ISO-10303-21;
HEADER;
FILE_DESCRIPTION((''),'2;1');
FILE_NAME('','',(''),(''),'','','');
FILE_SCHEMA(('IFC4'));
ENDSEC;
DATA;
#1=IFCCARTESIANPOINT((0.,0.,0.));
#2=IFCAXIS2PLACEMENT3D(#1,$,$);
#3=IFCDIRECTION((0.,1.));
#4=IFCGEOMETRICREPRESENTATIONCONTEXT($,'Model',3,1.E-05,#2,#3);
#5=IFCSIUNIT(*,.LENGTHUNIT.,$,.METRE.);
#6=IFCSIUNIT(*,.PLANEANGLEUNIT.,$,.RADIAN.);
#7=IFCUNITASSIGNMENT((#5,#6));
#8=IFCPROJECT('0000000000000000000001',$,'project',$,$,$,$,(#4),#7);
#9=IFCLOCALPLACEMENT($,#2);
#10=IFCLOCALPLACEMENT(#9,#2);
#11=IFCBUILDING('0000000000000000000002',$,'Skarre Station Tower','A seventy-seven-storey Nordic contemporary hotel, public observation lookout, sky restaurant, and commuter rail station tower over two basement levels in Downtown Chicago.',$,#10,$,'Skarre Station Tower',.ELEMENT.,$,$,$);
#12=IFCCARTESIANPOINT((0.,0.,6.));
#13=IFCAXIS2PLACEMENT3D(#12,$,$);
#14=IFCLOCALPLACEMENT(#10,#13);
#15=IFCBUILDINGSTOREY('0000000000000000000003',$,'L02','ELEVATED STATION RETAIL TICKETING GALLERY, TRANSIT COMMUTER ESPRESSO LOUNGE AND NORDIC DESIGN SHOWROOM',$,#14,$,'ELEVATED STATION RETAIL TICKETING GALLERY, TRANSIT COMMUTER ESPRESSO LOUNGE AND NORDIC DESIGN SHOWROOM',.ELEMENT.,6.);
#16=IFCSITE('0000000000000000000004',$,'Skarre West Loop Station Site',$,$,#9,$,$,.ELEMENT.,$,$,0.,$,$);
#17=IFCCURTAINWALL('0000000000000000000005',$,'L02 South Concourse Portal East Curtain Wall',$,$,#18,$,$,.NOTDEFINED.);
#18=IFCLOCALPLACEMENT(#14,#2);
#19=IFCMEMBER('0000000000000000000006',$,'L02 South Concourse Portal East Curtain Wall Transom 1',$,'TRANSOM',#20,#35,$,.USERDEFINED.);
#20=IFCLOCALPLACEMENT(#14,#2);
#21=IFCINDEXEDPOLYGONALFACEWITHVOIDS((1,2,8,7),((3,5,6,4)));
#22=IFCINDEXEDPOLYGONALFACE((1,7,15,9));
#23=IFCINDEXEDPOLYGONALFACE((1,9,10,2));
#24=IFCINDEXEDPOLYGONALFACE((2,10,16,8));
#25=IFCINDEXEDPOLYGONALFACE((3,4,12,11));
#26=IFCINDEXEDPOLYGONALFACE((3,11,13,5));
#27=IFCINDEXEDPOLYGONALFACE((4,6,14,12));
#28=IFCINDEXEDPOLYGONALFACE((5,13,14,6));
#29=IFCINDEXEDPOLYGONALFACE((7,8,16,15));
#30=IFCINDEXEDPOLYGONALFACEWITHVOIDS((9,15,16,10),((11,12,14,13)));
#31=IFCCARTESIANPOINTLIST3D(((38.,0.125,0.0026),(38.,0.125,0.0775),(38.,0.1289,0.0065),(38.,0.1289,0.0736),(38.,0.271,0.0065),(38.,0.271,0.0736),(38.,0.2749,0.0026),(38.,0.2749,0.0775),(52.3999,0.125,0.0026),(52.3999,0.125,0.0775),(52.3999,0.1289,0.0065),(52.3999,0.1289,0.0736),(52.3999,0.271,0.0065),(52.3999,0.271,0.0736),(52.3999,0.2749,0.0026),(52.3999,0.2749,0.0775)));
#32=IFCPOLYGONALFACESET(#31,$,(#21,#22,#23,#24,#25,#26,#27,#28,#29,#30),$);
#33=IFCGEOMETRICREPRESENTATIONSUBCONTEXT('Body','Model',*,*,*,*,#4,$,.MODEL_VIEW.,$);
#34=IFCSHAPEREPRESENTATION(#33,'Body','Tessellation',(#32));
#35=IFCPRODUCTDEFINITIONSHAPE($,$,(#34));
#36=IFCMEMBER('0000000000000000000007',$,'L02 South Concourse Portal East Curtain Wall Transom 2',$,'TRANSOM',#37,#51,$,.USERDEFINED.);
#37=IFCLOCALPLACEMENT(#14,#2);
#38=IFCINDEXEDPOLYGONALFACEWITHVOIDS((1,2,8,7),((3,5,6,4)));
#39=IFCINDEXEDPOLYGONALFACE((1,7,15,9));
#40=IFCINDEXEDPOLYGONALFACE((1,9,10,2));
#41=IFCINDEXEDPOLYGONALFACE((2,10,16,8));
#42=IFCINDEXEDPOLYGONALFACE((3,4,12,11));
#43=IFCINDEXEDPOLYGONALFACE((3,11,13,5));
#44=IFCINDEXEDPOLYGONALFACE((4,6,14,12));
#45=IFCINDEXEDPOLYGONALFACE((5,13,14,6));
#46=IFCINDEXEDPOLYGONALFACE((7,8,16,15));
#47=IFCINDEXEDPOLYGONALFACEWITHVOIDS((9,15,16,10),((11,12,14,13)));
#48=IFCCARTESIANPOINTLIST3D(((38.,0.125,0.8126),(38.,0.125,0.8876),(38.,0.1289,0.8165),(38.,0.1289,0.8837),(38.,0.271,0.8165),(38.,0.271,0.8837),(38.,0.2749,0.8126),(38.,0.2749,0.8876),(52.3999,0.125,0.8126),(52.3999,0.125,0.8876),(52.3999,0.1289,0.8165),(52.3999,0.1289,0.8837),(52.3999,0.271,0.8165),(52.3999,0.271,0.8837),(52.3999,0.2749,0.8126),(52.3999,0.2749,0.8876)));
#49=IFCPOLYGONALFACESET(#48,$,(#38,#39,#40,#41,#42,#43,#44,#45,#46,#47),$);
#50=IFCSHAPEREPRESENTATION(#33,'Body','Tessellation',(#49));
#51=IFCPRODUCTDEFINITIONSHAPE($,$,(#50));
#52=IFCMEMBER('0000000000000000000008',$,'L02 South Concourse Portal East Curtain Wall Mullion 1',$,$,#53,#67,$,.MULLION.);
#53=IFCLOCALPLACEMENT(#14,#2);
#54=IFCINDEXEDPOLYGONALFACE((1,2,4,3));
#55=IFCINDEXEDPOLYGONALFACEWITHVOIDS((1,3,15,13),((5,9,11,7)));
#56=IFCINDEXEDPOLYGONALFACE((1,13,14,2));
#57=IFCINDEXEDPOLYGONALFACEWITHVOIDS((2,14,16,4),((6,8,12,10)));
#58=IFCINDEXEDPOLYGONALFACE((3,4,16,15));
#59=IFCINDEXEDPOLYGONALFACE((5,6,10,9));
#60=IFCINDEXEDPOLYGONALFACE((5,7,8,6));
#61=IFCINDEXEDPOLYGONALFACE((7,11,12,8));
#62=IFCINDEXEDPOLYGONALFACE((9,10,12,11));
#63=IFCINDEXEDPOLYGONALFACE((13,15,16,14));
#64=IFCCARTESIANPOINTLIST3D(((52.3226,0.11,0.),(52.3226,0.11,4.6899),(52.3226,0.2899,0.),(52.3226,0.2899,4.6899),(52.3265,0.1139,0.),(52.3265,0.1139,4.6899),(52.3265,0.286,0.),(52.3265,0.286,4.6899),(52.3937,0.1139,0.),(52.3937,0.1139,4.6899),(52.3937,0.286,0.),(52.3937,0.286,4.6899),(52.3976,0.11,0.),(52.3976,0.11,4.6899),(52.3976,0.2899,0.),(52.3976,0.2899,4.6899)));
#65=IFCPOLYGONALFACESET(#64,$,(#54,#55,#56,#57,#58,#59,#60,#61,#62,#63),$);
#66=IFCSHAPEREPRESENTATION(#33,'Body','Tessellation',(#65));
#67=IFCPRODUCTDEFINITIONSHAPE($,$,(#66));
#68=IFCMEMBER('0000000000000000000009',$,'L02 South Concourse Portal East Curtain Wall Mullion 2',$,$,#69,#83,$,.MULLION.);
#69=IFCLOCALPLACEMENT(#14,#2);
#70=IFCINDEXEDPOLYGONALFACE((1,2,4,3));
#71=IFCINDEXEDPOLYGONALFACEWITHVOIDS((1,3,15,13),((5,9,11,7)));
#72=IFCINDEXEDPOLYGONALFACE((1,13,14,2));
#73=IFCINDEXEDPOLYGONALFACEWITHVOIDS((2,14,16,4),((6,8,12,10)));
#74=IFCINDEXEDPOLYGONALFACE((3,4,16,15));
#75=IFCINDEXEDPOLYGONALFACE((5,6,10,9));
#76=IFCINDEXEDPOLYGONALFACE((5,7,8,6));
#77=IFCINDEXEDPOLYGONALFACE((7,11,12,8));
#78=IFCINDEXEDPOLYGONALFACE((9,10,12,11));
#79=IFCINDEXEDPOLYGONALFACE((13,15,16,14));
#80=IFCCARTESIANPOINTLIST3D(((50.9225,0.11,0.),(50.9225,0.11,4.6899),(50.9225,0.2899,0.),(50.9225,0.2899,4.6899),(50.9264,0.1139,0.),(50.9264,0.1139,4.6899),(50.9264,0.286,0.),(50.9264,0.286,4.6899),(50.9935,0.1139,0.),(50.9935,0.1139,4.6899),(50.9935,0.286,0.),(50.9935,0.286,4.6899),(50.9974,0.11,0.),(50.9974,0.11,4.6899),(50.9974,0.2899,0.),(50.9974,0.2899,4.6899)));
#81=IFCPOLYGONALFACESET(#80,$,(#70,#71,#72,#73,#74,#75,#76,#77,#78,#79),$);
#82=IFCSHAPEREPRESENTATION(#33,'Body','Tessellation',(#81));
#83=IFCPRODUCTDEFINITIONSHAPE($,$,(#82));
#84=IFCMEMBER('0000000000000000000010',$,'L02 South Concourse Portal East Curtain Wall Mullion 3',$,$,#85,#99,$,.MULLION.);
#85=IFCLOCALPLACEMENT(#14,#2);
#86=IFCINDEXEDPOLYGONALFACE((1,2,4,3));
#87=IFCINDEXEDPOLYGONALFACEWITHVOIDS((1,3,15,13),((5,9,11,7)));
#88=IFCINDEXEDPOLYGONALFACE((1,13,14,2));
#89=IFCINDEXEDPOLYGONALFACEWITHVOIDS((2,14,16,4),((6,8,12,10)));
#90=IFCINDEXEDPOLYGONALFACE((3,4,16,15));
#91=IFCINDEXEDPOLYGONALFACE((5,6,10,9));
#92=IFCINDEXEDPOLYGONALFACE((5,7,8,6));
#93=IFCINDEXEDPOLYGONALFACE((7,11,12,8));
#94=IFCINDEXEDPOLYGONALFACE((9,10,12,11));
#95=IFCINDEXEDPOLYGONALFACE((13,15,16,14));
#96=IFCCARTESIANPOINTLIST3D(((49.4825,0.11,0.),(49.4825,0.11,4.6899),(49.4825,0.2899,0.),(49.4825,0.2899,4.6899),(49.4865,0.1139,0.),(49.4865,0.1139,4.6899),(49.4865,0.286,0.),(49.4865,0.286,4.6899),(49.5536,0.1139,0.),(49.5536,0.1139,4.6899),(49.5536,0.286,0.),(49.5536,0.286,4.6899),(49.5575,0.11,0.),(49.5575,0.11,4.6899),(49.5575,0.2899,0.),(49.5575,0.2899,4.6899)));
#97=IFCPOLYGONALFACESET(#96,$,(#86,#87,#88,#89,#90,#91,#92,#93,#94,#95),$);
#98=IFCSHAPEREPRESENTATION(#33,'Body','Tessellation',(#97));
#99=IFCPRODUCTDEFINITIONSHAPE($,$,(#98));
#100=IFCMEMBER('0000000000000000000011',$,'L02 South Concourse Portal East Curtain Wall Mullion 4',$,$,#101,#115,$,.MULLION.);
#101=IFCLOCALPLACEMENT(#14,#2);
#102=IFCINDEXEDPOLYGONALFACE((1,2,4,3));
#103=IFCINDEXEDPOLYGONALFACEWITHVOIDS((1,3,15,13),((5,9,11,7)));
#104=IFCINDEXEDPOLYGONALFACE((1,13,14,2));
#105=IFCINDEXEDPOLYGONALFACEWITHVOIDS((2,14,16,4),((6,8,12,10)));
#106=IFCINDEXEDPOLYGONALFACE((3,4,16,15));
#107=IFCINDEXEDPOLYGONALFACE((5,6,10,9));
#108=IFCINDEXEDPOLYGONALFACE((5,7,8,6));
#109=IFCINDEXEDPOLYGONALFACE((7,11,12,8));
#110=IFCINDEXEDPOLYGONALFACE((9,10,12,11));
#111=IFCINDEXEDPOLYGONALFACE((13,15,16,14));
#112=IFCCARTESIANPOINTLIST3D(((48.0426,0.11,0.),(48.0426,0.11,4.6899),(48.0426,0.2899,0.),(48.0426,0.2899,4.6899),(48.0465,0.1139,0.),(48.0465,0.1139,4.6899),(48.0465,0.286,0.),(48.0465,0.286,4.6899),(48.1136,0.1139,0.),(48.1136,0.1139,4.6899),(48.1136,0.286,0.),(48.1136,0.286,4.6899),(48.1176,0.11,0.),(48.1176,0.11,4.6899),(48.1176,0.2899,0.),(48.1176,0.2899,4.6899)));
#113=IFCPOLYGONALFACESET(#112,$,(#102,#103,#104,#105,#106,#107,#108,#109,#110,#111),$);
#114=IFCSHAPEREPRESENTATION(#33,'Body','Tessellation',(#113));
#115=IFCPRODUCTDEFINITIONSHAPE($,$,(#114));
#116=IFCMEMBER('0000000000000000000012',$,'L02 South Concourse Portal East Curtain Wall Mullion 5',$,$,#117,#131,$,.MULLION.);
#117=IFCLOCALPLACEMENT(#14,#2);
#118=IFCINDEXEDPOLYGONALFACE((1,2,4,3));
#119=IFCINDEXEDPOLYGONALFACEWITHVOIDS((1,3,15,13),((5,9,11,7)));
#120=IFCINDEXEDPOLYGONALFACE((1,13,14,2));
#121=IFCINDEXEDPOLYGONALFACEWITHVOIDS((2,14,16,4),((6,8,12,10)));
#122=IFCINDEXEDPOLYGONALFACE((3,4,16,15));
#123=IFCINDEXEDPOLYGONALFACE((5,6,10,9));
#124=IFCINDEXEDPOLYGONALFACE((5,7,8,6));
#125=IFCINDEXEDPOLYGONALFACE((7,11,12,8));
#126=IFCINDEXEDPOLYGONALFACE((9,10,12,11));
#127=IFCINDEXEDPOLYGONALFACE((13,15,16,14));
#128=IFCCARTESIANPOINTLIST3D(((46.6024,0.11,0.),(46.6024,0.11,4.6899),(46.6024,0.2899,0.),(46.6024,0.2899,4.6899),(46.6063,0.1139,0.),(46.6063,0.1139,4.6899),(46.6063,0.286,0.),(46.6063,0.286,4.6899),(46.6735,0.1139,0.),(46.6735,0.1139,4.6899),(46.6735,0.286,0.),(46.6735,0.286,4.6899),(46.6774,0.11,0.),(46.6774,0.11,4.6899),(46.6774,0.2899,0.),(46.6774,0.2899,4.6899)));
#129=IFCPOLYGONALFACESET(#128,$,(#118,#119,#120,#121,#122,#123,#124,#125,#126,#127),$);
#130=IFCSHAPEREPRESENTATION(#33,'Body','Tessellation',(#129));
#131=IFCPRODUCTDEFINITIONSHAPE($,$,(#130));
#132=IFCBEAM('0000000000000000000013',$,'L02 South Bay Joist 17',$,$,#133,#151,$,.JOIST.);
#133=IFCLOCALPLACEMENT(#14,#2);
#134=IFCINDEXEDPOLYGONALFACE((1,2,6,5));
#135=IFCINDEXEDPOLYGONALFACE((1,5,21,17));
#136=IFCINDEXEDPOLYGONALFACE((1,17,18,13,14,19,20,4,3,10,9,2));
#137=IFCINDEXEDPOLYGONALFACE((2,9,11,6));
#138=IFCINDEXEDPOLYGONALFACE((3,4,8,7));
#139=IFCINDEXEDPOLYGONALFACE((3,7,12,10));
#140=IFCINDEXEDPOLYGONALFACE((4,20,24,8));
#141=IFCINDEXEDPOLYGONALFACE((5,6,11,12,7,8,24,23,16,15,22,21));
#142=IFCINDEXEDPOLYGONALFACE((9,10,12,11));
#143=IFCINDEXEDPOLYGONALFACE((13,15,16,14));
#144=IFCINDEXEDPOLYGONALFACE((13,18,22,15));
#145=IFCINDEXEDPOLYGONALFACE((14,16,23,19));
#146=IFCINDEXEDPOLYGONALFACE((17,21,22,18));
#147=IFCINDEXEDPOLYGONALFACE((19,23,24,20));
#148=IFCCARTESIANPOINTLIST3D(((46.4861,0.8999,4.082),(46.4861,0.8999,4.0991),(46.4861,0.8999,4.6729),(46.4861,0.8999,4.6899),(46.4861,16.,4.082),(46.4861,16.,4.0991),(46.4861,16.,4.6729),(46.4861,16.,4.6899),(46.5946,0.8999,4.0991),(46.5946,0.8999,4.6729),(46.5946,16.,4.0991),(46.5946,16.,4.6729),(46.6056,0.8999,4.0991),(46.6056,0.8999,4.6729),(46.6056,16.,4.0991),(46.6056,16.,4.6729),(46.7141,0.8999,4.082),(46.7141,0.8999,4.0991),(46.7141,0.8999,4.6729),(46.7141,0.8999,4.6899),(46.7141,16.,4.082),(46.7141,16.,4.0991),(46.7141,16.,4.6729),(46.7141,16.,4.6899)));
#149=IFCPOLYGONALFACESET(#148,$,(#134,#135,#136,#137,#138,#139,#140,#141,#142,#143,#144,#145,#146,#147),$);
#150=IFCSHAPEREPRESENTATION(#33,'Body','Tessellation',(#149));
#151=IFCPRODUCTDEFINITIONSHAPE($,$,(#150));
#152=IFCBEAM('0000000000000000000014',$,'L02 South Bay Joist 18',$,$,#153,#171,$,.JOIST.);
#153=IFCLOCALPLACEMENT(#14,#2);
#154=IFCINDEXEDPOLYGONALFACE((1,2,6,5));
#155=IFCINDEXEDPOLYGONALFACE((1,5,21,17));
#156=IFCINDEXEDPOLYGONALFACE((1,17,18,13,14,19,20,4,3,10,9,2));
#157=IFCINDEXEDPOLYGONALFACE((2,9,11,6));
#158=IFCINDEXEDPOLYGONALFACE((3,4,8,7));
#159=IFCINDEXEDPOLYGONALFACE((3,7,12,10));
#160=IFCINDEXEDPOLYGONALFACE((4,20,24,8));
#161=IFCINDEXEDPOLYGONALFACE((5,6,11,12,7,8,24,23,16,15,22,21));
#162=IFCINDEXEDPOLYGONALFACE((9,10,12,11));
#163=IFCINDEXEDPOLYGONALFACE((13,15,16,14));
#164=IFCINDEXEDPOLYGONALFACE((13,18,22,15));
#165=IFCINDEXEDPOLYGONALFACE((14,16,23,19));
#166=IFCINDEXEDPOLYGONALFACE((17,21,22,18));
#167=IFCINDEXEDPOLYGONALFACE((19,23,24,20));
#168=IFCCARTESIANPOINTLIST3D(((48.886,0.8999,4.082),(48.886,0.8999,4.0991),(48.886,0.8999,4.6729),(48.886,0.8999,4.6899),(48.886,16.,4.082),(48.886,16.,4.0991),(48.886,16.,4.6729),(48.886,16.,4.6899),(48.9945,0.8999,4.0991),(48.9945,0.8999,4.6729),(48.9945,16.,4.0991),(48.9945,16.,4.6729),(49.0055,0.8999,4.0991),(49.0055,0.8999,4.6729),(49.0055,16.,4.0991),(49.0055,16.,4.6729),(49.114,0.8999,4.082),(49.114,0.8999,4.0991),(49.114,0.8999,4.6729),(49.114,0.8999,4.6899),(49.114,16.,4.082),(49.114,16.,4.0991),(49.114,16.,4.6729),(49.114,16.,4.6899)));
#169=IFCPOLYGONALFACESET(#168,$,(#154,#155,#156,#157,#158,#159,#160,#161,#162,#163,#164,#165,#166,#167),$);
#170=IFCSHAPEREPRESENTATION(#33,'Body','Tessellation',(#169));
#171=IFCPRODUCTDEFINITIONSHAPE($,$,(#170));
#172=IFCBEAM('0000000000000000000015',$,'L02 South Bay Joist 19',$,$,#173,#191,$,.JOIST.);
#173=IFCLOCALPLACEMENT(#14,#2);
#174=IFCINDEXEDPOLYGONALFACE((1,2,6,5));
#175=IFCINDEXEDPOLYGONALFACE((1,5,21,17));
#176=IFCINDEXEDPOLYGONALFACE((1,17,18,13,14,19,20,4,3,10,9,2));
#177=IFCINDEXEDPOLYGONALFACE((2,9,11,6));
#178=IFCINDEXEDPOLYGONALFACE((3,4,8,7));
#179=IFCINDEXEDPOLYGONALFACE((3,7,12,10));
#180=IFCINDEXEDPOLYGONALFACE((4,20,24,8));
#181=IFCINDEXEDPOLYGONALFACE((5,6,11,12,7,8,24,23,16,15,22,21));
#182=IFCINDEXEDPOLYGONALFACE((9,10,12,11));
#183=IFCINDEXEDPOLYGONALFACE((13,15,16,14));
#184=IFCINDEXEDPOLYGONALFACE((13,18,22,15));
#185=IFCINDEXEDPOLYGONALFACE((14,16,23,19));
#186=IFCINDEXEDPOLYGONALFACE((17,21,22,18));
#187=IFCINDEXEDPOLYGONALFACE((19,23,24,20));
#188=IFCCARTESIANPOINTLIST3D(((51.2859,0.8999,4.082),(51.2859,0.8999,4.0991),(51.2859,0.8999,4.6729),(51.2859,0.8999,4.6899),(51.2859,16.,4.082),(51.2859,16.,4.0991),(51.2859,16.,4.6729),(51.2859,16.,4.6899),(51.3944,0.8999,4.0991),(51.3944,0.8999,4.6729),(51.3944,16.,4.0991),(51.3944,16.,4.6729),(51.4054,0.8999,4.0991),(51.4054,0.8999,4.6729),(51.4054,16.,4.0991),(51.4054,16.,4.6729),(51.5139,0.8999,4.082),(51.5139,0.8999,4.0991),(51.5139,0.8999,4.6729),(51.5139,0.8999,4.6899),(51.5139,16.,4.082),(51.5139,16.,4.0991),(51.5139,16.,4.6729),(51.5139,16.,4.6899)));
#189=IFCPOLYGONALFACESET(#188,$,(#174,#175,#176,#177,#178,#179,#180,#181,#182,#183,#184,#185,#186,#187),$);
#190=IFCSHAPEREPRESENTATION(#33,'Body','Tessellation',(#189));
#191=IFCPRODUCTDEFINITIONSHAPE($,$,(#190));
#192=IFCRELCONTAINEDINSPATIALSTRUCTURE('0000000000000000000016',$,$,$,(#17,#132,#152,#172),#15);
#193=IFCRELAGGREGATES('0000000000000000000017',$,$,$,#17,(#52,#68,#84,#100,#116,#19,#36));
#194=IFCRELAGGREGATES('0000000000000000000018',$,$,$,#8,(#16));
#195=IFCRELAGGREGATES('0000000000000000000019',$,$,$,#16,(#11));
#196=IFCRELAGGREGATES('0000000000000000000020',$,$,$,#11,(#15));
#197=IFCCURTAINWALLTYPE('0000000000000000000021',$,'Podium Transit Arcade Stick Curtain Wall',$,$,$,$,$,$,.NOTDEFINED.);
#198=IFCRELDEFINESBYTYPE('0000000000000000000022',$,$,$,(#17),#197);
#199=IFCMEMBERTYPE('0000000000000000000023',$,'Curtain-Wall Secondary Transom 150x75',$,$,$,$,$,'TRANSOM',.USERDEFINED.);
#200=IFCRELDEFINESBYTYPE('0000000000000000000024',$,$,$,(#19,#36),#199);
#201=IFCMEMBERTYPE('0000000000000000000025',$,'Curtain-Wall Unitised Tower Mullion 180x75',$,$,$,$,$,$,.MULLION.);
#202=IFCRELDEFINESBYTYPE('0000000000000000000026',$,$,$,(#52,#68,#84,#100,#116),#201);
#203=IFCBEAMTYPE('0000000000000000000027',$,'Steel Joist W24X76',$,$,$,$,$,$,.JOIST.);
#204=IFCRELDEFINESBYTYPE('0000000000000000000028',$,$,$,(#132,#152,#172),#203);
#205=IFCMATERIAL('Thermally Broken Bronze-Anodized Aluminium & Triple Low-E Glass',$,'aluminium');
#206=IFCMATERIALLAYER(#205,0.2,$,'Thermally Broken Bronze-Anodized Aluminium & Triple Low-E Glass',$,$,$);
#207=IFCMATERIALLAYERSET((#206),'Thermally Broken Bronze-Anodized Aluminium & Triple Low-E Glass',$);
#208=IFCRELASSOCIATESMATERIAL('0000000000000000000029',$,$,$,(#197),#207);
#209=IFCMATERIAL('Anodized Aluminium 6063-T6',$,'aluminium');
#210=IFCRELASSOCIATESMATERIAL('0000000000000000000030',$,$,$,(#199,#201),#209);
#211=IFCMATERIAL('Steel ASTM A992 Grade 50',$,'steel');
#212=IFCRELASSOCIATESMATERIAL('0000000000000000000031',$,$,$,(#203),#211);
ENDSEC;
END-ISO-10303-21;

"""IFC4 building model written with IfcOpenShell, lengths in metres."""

from ifc_helpers import new_model, si_unit, direction, frame, origin, origin_2d, place, context, subcontext, project, spatial, hollow_rectangle, i_section, extrude, material, layer, layer_set, material_profile, profile_set, type_object, element, aggregate, save


model = new_model("IFC4")

# Units and contexts
model_context = context("Model", 3, precision=1e-05, world=origin(), true_north=direction((0.0, 1.0)))
body_context = subcontext(model_context, "Body", "Model", "MODEL_VIEW")
ifc_project = project(units=[si_unit("LENGTHUNIT", "METRE"), si_unit("PLANEANGLEUNIT", "RADIAN")], contexts=[model_context])

# Site, building, storey
site_placement = place(None, origin())
site = spatial("IfcSite", under=ifc_project, at=site_placement, Name="Skarre West Loop Station Site", CompositionType="ELEMENT", RefElevation=0.0)
building_placement = place(site_placement, origin())
building = spatial("IfcBuilding", under=site, at=building_placement, Name="Skarre Station Tower", Description="A seventy-seven-storey Nordic contemporary hotel, public observation lookout, sky restaurant, and commuter rail station tower over two basement levels in Downtown Chicago.", LongName="Skarre Station Tower", CompositionType="ELEMENT")
storey_placement = place(building_placement, frame((0.0, 0.0, 6.0)))
storey = spatial("IfcBuildingStorey", under=building, at=storey_placement, Name="L02", Description="ELEVATED STATION RETAIL TICKETING GALLERY, TRANSIT COMMUTER ESPRESSO LOUNGE AND NORDIC DESIGN SHOWROOM", LongName="ELEVATED STATION RETAIL TICKETING GALLERY, TRANSIT COMMUTER ESPRESSO LOUNGE AND NORDIC DESIGN SHOWROOM", CompositionType="ELEMENT", Elevation=6.0)

# Curtain wall, members
ifc_material_1 = material(Name="Thermally Broken Bronze-Anodized Aluminium & Triple Low-E Glass", Category="aluminium")
ifc_layer_1 = layer(ifc_material_1, 0.2, Name="Thermally Broken Bronze-Anodized Aluminium & Triple Low-E Glass")
ifc_layer_set_1 = layer_set([ifc_layer_1], Name="Thermally Broken Bronze-Anodized Aluminium & Triple Low-E Glass")
curtain_wall_type = type_object("IfcCurtainWallType", Name="Podium Transit Arcade Stick Curtain Wall", PredefinedType="NOTDEFINED", material=ifc_layer_set_1)
curtain_wall_placement = place(storey_placement, origin())
curtain_wall = element("IfcCurtainWall", 1, at=curtain_wall_placement, inside=storey, type_object=curtain_wall_type, Name="L02 South Concourse Portal East Curtain Wall", PredefinedType="NOTDEFINED")
ifc_material_2 = material(Name="Anodized Aluminium 6063-T6", Category="aluminium")
ifc_material_profile_1 = material_profile(ifc_material_2, hollow_rectangle(XDim=0.075, YDim=0.1499, WallThickness=0.0039, at=origin_2d()), Name="Anodized Aluminium 6063-T6")
ifc_profile_set_1 = profile_set([ifc_material_profile_1], Name="Anodized Aluminium 6063-T6")
member_type_1 = type_object("IfcMemberType", Name="Curtain-Wall Secondary Transom 150x75", ElementType="TRANSOM", PredefinedType="USERDEFINED", material=ifc_profile_set_1)
member_1_placement = place(storey_placement, frame((52.3999, 0.2, 0.04), z_axis=(-1.0, 0.0, 0.0), x_axis=(0.0, 0.0, 1.0)))
member_1 = element("IfcMember", 2, at=member_1_placement, type_object=member_type_1, Name="L02 South Concourse Portal East Curtain Wall Transom 1", ObjectType="TRANSOM", PredefinedType="USERDEFINED", context=body_context, shape_type="SweptSolid", body=[
    extrude(hollow_rectangle(XDim=0.075, YDim=0.1499, WallThickness=0.0039, at=origin_2d()), origin(), (0.0, 0.0, 1.0), 14.3999),
])
member_2_placement = place(storey_placement, frame((52.3999, 0.2, 0.8501), z_axis=(-1.0, 0.0, 0.0), x_axis=(0.0, 0.0, 1.0)))
member_2 = element("IfcMember", 3, at=member_2_placement, type_object=member_type_1, Name="L02 South Concourse Portal East Curtain Wall Transom 2", ObjectType="TRANSOM", PredefinedType="USERDEFINED", context=body_context, shape_type="SweptSolid", body=[
    extrude(hollow_rectangle(XDim=0.075, YDim=0.1499, WallThickness=0.0039, at=origin_2d()), origin(), (0.0, 0.0, 1.0), 14.3999),
])
ifc_material_profile_2 = material_profile(ifc_material_2, hollow_rectangle(XDim=0.075, YDim=0.1799, WallThickness=0.0039, at=origin_2d()), Name="Anodized Aluminium 6063-T6")
ifc_profile_set_2 = profile_set([ifc_material_profile_2], Name="Anodized Aluminium 6063-T6")
member_type_2 = type_object("IfcMemberType", Name="Curtain-Wall Unitised Tower Mullion 180x75", PredefinedType="MULLION", material=ifc_profile_set_2)
member_3_placement = place(storey_placement, frame((52.3601, 0.2, 0.0), z_axis=(0.0, 0.0, 1.0), x_axis=(-1.0, 0.0, 0.0)))
member_3 = element("IfcMember", 4, at=member_3_placement, type_object=member_type_2, Name="L02 South Concourse Portal East Curtain Wall Mullion 1", PredefinedType="MULLION", context=body_context, shape_type="SweptSolid", body=[
    extrude(hollow_rectangle(XDim=0.075, YDim=0.1799, WallThickness=0.0039, at=origin_2d()), origin(), (0.0, 0.0, 1.0), 4.6899),
])
member_4_placement = place(storey_placement, frame((50.96, 0.2, 0.0), z_axis=(0.0, 0.0, 1.0), x_axis=(-1.0, 0.0, 0.0)))
member_4 = element("IfcMember", 5, at=member_4_placement, type_object=member_type_2, Name="L02 South Concourse Portal East Curtain Wall Mullion 2", PredefinedType="MULLION", context=body_context, shape_type="SweptSolid", body=[
    extrude(hollow_rectangle(XDim=0.075, YDim=0.1799, WallThickness=0.0039, at=origin_2d()), origin(), (0.0, 0.0, 1.0), 4.6899),
])
member_5_placement = place(storey_placement, frame((49.52, 0.2, 0.0), z_axis=(0.0, 0.0, 1.0), x_axis=(-1.0, 0.0, 0.0)))
member_5 = element("IfcMember", 6, at=member_5_placement, type_object=member_type_2, Name="L02 South Concourse Portal East Curtain Wall Mullion 3", PredefinedType="MULLION", context=body_context, shape_type="SweptSolid", body=[
    extrude(hollow_rectangle(XDim=0.075, YDim=0.1799, WallThickness=0.0039, at=origin_2d()), origin(), (0.0, 0.0, 1.0), 4.6899),
])
member_6_placement = place(storey_placement, frame((48.0801, 0.2, 0.0), z_axis=(0.0, 0.0, 1.0), x_axis=(-1.0, 0.0, 0.0)))
member_6 = element("IfcMember", 7, at=member_6_placement, type_object=member_type_2, Name="L02 South Concourse Portal East Curtain Wall Mullion 4", PredefinedType="MULLION", context=body_context, shape_type="SweptSolid", body=[
    extrude(hollow_rectangle(XDim=0.075, YDim=0.1799, WallThickness=0.0039, at=origin_2d()), origin(), (0.0, 0.0, 1.0), 4.6899),
])
member_7_placement = place(storey_placement, frame((46.6399, 0.2, 0.0), z_axis=(0.0, 0.0, 1.0), x_axis=(-1.0, 0.0, 0.0)))
member_7 = element("IfcMember", 8, at=member_7_placement, type_object=member_type_2, Name="L02 South Concourse Portal East Curtain Wall Mullion 5", PredefinedType="MULLION", context=body_context, shape_type="SweptSolid", body=[
    extrude(hollow_rectangle(XDim=0.075, YDim=0.1799, WallThickness=0.0039, at=origin_2d()), origin(), (0.0, 0.0, 1.0), 4.6899),
])

# Beams
ifc_material_3 = material(Name="Steel ASTM A992 Grade 50", Category="steel")
ifc_material_profile_3 = material_profile(ifc_material_3, i_section(OverallWidth=0.228, OverallDepth=0.6079, WebThickness=0.011, FlangeThickness=0.0171, at=origin_2d()), Name="Steel ASTM A992 Grade 50")
ifc_profile_set_3 = profile_set([ifc_material_profile_3], Name="Steel ASTM A992 Grade 50")
beam_type = type_object("IfcBeamType", Name="Steel Joist W24X76", PredefinedType="JOIST", material=ifc_profile_set_3)
for number, where, z_axis, x_axis, name in (
    (9, (46.6001, 0.8999, 4.386), (0.0, 1.0, 0.0), (-1.0, 0.0, 0.0), "L02 South Bay Joist 17"),
    (10, (49.0, 0.8999, 4.386), (0.0, 1.0, 0.0), (-1.0, 0.0, 0.0), "L02 South Bay Joist 18"),
    (11, (51.3999, 0.8999, 4.386), (0.0, 1.0, 0.0), (-1.0, 0.0, 0.0), "L02 South Bay Joist 19"),
):
    element("IfcBeam", number, at=place(storey_placement, frame(where, z_axis=z_axis, x_axis=x_axis)), inside=storey, type_object=beam_type, Name=name, PredefinedType="JOIST", context=body_context, shape_type="SweptSolid", body=[
        extrude(i_section(OverallWidth=0.228, OverallDepth=0.6079, WebThickness=0.011, FlangeThickness=0.0171, at=origin_2d()), origin(), (0.0, 0.0, 1.0), 15.1001),
    ])

aggregate(curtain_wall, [member_3, member_4, member_5, member_6, member_7, member_1, member_2])

save(model, "model.ifc")
